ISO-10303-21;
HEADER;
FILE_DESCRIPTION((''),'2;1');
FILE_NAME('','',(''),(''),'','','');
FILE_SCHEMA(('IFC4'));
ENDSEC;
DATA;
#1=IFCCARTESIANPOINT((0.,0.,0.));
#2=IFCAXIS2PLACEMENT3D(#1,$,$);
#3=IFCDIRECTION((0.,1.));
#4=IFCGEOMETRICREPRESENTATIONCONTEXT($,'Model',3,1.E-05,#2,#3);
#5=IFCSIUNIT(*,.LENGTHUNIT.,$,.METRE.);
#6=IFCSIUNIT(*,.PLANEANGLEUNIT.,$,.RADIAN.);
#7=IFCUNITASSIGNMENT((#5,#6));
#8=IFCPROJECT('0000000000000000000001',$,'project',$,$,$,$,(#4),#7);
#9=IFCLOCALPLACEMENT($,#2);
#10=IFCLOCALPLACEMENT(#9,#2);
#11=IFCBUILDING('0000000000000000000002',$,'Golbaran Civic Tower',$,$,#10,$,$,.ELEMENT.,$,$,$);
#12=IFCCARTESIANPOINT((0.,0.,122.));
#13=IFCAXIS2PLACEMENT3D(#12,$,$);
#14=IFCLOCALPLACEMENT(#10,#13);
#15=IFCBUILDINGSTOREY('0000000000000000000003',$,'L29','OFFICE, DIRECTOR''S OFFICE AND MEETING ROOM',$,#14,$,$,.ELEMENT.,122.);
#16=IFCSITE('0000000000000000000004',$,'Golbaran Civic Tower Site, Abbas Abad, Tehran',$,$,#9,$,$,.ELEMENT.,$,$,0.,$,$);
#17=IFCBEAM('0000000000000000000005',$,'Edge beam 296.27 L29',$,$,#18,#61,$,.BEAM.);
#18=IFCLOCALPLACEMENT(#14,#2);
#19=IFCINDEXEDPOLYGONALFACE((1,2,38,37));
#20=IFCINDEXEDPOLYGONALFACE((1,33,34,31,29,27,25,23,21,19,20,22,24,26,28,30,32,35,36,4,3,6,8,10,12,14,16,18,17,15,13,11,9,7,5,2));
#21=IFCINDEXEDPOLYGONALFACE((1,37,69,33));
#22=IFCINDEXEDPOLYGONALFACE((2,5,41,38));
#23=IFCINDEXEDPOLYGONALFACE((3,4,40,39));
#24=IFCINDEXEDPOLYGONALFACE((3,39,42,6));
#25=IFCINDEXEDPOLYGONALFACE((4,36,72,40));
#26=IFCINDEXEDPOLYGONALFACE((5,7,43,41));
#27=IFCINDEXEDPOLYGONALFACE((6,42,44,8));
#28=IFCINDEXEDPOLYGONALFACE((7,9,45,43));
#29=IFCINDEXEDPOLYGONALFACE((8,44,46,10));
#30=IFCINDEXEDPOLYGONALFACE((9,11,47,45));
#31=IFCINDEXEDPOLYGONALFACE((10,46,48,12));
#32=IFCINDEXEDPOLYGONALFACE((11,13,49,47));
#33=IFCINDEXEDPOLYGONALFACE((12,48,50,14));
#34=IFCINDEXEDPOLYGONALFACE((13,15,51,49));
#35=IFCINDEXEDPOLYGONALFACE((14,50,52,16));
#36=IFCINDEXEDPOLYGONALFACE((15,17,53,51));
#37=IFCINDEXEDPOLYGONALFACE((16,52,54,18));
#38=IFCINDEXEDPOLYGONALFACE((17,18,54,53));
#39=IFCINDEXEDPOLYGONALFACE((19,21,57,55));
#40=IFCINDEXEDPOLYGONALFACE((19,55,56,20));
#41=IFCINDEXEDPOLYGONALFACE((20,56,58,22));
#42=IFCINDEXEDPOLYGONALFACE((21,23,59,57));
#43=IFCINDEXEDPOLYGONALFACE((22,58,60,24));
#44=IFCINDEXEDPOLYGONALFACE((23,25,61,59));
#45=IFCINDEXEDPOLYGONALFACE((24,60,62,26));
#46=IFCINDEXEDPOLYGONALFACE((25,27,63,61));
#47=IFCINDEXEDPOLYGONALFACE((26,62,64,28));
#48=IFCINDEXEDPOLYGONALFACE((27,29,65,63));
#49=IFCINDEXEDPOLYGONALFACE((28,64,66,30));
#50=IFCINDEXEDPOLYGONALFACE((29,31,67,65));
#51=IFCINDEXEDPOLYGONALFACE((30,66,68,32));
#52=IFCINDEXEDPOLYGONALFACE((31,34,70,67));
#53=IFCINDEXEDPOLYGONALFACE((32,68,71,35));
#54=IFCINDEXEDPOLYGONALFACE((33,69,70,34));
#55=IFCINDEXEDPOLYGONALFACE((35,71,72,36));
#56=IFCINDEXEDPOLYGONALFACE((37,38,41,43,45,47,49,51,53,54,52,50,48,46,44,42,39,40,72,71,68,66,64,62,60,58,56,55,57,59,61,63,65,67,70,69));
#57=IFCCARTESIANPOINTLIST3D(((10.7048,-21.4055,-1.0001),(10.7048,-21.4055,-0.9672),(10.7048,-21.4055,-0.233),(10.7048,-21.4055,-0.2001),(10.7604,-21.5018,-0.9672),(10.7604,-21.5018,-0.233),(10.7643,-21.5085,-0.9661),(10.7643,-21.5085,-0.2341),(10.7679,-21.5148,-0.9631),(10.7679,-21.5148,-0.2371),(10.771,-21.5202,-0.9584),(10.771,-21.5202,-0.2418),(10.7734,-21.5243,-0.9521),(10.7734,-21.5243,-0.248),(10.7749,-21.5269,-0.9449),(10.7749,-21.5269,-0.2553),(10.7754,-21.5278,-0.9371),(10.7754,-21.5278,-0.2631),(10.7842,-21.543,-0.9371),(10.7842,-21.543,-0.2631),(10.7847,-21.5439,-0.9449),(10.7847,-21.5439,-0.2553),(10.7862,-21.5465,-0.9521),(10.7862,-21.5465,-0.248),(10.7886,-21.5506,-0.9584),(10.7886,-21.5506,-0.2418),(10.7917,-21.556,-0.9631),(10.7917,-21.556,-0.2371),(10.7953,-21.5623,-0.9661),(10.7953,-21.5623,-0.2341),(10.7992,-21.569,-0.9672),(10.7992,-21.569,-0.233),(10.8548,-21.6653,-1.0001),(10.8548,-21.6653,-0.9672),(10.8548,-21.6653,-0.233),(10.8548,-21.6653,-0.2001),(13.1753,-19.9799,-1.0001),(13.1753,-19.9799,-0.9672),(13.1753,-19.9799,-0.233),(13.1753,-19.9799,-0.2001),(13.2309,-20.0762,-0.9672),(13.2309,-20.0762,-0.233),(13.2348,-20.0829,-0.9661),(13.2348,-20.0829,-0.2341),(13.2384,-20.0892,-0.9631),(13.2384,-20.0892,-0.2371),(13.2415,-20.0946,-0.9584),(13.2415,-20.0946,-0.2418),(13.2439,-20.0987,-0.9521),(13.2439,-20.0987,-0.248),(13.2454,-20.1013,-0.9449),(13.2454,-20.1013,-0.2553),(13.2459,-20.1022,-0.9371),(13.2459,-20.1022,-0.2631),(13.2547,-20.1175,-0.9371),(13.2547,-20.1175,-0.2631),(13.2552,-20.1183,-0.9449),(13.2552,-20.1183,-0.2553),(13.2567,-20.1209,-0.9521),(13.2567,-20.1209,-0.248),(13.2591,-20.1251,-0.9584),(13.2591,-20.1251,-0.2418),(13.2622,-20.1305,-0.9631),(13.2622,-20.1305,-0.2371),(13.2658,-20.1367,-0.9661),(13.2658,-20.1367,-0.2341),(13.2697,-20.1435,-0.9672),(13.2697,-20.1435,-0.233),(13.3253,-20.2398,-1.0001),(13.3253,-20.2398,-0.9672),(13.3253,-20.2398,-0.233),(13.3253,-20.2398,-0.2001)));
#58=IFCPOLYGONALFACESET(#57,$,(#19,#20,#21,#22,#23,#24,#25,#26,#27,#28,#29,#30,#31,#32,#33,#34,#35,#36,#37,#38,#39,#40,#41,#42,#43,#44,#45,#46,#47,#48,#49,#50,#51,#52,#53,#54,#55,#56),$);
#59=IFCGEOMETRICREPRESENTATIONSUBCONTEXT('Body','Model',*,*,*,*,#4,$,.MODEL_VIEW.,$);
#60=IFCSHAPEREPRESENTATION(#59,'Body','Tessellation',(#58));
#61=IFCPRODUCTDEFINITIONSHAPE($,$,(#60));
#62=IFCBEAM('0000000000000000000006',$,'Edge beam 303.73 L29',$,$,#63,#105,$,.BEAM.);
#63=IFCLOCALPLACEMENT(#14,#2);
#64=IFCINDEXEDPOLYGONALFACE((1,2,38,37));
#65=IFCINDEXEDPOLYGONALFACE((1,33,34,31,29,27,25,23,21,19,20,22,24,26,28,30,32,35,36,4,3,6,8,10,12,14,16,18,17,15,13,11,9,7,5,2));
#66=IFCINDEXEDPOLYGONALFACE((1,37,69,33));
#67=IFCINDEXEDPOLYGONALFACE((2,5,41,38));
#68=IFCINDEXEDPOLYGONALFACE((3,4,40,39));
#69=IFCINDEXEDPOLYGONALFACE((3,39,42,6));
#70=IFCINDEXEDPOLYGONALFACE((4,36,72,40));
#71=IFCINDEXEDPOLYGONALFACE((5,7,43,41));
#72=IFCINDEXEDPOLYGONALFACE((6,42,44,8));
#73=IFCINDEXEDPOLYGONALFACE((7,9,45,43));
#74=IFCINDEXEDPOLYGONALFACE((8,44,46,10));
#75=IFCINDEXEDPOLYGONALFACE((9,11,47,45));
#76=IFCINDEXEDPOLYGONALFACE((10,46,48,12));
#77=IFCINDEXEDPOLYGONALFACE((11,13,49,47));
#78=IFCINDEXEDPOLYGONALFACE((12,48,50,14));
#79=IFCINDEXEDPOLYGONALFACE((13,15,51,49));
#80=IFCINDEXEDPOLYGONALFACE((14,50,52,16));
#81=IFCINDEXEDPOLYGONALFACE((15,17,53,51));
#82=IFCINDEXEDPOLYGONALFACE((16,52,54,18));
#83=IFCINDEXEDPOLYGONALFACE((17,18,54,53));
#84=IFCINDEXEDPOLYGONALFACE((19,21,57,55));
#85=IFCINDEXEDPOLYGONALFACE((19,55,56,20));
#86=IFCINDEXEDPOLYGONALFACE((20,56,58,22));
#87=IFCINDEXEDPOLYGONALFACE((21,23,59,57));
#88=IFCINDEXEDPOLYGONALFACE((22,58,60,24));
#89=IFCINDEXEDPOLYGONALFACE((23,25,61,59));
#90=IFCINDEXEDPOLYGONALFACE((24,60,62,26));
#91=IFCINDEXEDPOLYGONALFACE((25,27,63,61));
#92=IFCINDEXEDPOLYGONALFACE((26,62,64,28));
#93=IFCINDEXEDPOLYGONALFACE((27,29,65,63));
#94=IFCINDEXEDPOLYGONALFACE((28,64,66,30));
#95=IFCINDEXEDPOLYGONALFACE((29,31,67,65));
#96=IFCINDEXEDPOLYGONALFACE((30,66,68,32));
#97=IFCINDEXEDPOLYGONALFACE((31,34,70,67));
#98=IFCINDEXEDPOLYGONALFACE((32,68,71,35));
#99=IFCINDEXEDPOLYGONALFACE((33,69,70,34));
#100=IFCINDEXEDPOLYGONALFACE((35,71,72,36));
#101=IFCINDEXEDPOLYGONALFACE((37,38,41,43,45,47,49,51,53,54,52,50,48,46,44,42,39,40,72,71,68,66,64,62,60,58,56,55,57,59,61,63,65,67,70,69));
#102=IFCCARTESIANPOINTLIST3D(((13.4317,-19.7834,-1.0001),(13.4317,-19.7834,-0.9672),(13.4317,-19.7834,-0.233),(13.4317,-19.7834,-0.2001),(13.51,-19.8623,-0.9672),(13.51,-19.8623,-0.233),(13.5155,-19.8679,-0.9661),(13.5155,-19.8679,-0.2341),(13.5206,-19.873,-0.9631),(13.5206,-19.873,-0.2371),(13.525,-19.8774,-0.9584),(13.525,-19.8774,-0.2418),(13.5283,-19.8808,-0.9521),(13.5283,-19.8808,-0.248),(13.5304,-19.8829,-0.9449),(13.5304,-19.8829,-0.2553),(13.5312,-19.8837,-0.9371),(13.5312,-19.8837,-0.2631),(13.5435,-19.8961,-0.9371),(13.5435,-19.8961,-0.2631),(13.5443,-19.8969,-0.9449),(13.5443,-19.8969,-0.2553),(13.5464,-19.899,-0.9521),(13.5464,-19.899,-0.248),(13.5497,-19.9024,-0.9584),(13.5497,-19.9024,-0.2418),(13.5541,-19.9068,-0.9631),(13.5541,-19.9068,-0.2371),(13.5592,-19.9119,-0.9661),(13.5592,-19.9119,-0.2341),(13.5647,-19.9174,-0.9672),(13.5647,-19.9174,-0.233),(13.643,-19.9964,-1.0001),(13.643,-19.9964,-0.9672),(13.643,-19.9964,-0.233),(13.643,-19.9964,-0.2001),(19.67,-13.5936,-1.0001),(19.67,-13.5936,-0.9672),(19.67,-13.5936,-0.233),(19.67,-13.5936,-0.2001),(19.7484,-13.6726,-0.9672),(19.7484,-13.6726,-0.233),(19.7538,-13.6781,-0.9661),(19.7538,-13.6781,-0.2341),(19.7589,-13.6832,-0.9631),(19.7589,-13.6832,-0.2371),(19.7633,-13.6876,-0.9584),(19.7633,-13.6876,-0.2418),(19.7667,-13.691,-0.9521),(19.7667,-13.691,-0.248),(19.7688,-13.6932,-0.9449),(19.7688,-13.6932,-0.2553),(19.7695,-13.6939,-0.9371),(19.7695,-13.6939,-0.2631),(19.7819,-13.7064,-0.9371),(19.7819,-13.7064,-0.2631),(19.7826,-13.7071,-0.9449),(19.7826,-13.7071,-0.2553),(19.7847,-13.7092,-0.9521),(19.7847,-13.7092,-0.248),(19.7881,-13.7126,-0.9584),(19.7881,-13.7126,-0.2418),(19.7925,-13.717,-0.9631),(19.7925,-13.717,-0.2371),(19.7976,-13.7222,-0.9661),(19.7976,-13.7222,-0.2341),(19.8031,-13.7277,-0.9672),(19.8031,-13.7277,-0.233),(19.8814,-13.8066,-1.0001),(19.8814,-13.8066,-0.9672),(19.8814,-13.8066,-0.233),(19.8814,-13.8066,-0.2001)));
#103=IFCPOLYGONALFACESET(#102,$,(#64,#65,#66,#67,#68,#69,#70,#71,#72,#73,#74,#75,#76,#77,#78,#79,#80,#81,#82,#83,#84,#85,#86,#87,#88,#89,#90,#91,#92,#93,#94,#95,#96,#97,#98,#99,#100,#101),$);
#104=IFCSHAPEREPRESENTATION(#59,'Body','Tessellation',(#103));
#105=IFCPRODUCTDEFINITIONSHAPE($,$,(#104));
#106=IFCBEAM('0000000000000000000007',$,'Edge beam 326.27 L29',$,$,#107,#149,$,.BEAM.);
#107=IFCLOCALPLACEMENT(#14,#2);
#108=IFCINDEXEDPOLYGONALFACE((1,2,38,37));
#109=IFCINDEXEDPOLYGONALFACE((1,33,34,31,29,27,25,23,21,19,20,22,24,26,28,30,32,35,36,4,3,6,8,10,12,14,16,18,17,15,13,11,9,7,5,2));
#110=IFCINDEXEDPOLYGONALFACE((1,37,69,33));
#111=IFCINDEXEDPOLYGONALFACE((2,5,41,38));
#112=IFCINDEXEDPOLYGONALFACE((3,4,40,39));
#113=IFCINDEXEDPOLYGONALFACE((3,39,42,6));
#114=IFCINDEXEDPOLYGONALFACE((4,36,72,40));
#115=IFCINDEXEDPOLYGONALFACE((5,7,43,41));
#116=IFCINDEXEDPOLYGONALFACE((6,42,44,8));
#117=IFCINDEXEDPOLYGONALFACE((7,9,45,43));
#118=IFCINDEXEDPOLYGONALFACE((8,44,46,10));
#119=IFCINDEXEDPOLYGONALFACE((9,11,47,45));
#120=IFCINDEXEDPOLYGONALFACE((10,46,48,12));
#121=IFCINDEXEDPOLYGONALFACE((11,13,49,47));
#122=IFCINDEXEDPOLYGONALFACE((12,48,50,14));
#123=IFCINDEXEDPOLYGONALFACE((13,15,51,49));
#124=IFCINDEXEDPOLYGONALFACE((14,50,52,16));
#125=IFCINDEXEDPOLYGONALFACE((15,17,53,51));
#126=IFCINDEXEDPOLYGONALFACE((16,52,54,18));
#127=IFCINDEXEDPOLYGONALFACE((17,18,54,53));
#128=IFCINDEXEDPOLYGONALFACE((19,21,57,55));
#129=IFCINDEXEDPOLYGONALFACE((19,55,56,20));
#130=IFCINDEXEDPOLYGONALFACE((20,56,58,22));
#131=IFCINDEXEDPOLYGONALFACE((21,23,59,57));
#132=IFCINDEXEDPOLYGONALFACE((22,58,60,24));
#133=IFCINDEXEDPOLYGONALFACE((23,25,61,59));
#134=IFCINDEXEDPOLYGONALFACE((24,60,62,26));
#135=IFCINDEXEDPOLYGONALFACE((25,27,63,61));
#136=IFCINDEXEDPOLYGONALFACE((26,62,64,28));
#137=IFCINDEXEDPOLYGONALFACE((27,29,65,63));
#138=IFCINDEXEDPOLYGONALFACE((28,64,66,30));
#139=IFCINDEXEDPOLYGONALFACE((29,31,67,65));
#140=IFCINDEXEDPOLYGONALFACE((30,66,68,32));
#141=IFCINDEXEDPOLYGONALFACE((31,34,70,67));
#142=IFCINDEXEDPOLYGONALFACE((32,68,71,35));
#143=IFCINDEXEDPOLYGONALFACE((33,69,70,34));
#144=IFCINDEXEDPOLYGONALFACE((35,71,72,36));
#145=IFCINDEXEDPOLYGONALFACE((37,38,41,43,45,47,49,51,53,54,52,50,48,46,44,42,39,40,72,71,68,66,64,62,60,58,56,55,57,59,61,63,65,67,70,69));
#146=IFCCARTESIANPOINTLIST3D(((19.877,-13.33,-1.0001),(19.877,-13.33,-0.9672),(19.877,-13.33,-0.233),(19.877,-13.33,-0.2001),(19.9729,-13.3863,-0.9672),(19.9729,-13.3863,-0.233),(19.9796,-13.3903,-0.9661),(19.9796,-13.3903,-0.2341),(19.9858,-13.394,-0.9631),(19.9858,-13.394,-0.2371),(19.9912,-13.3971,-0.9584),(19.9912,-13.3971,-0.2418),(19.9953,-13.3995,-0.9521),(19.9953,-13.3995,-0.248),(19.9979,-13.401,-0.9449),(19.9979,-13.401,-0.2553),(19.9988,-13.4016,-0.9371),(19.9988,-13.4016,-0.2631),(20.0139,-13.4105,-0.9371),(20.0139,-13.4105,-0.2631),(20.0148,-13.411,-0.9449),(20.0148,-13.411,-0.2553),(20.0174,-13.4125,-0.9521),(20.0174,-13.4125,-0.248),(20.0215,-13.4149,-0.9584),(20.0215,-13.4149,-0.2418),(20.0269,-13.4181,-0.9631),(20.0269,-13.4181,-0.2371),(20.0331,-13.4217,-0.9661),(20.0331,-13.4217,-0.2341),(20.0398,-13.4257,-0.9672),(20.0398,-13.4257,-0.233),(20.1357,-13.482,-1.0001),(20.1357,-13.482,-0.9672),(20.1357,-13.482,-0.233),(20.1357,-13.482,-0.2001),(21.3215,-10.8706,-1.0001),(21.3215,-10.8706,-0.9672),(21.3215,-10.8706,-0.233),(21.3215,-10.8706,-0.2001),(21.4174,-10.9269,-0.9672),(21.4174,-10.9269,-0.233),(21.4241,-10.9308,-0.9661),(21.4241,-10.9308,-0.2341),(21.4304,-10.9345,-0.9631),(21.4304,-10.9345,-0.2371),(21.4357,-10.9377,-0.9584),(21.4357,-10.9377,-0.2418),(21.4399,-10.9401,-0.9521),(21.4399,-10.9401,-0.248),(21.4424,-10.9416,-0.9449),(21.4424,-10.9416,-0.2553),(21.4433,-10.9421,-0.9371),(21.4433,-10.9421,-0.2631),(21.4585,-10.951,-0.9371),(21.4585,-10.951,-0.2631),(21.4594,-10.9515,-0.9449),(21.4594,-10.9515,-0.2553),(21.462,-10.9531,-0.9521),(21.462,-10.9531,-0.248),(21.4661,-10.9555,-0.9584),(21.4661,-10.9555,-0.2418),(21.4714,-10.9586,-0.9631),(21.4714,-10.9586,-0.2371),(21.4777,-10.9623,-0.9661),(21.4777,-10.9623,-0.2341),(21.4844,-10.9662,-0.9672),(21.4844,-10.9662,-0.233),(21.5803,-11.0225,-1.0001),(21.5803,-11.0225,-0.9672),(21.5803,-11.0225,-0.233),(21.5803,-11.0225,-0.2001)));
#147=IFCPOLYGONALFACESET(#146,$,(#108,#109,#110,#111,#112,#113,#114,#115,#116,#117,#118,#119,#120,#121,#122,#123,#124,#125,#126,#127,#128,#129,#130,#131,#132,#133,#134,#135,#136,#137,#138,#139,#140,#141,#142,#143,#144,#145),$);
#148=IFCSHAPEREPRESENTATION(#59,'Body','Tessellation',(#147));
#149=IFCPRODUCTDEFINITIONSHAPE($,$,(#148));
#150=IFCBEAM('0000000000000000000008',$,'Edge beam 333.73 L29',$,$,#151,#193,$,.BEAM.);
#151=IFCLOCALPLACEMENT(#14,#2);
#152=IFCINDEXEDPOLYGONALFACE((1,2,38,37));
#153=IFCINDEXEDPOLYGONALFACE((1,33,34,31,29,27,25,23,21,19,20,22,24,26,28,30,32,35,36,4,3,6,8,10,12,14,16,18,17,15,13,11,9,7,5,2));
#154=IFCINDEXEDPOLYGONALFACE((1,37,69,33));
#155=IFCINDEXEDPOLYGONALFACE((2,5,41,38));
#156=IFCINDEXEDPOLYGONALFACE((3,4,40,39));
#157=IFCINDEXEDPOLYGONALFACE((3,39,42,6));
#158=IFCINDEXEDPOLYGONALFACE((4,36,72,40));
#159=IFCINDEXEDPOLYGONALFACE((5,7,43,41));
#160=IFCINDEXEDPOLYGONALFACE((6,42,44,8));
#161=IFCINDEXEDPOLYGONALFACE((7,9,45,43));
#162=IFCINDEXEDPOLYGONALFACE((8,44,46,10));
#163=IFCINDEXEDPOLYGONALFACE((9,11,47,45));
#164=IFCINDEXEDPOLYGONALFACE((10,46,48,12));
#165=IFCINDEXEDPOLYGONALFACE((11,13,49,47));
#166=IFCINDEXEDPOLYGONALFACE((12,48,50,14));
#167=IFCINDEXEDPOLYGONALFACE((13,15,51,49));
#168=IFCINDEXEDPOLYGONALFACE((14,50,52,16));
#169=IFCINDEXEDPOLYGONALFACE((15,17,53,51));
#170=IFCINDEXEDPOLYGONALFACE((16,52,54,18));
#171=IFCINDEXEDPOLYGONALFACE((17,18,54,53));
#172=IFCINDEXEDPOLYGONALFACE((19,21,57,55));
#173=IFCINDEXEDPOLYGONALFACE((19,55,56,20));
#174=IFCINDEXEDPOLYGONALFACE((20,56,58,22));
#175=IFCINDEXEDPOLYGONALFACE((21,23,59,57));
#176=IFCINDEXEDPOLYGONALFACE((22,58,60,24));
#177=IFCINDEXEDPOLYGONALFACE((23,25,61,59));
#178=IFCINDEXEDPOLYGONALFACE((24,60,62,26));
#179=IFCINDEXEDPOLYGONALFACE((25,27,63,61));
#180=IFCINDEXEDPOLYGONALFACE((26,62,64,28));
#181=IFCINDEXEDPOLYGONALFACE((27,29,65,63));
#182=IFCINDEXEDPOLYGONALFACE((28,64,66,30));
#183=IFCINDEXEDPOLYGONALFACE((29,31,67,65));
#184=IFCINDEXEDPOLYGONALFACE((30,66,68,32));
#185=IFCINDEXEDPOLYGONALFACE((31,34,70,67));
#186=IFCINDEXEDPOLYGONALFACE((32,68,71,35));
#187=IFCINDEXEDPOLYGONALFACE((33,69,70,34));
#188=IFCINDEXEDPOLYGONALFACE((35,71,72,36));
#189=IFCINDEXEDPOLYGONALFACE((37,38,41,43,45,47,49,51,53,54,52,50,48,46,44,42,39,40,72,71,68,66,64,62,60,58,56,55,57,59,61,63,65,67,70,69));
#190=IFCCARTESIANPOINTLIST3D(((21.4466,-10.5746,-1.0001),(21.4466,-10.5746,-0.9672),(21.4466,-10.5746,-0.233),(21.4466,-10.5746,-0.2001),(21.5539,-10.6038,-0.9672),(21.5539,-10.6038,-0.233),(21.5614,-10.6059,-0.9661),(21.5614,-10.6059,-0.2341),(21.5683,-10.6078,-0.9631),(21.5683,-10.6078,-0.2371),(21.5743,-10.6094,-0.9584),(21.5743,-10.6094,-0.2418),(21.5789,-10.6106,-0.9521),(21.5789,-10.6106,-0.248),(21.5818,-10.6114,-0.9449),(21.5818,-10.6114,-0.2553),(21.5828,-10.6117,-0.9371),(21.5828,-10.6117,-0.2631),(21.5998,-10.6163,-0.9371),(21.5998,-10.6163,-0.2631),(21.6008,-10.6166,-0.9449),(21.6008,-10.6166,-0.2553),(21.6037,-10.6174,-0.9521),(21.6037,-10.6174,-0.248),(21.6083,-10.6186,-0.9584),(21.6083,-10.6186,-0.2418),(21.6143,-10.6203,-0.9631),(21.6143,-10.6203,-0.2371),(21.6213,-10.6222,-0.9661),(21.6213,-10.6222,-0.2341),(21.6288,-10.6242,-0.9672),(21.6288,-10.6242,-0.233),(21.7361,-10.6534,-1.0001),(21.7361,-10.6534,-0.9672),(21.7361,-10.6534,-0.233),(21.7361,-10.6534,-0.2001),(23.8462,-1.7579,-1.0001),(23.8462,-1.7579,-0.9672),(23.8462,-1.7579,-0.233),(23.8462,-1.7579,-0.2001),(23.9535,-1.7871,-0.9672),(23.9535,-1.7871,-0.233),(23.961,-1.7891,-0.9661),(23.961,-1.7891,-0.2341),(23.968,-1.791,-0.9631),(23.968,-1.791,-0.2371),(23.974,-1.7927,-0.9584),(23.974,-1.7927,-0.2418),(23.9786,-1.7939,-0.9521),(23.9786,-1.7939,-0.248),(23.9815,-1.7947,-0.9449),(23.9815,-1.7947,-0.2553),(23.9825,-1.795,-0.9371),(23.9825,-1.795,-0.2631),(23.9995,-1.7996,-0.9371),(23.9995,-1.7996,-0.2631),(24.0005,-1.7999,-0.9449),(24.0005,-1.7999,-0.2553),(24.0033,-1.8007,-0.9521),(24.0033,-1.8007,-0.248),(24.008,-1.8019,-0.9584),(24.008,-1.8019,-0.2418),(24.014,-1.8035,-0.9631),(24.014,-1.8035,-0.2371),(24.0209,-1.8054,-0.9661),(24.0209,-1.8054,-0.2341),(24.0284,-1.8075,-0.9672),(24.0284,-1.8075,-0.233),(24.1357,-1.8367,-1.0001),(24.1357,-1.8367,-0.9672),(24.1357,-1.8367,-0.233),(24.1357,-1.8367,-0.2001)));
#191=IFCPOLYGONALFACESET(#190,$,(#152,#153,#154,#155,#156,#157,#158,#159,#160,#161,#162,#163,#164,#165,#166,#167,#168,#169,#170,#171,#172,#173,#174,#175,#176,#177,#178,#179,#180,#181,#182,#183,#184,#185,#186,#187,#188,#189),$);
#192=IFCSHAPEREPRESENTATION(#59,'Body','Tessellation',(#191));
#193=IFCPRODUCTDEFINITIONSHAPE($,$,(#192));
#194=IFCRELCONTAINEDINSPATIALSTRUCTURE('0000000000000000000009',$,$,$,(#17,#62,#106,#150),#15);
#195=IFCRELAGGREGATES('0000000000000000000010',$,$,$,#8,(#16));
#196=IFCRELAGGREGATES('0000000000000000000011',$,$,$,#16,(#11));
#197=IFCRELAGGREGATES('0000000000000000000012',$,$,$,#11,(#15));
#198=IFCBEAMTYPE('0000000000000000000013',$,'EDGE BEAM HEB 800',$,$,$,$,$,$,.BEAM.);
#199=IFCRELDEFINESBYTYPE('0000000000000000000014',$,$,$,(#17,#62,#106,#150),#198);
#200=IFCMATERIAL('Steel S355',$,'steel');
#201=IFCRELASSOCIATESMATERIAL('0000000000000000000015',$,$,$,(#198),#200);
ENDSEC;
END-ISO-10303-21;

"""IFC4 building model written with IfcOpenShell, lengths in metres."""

from ifc_helpers import new_model, si_unit, direction, frame, origin, origin_2d, place, context, subcontext, project, spatial, i_section, extrude, material, material_profile, profile_set, type_object, element, save


model = new_model("IFC4")

# Units and contexts
model_context = context("Model", 3, precision=1e-05, world=origin(), true_north=direction((0.0, 1.0)))
body_context = subcontext(model_context, "Body", "Model", "MODEL_VIEW")
ifc_project = project(units=[si_unit("LENGTHUNIT", "METRE"), si_unit("PLANEANGLEUNIT", "RADIAN")], contexts=[model_context])

# Site, building, storey
site_placement = place(None, origin())
site = spatial("IfcSite", under=ifc_project, at=site_placement, Name="Golbaran Civic Tower Site, Abbas Abad, Tehran", CompositionType="ELEMENT", RefElevation=0.0)
building_placement = place(site_placement, origin())
building = spatial("IfcBuilding", under=site, at=building_placement, Name="Golbaran Civic Tower", CompositionType="ELEMENT")
storey_placement = place(building_placement, frame((0.0, 0.0, 122.0)))
storey = spatial("IfcBuildingStorey", under=building, at=storey_placement, Name="L29", Description="OFFICE, DIRECTOR'S OFFICE AND MEETING ROOM", CompositionType="ELEMENT", Elevation=122.0)

# Beams
ifc_material_1 = material(Name="Steel S355", Category="steel")
ifc_material_profile_1 = material_profile(ifc_material_1, i_section(OverallWidth=0.3, OverallDepth=0.8, WebThickness=0.0176, FlangeThickness=0.033, FilletRadius=0.03, at=origin_2d()), Name="HEB 800")
ifc_profile_set_1 = profile_set([ifc_material_profile_1], Name="Steel S355")
beam_type_1 = type_object("IfcBeamType", Name="EDGE BEAM HEB 800", PredefinedType="BEAM", material=ifc_profile_set_1)
beam_1_placement = place(storey_placement, frame((10.7798, -21.5354, -0.6001), z_axis=(0.866144, 0.499794, 0.0), x_axis=(-0.499794, 0.866144, 0.0)))
element("IfcBeam", 1, at=beam_1_placement, inside=storey, type_object=beam_type_1, Name="Edge beam 296.27 L29", PredefinedType="BEAM", context=body_context, shape_type="SweptSolid", body=[
    extrude(i_section(OverallWidth=0.3, OverallDepth=0.8, WebThickness=0.0176, FlangeThickness=0.033, FilletRadius=0.03, at=origin_2d()), origin(), (0.0, 0.0, 1.0), 2.8523),
])
beam_2_placement = place(storey_placement, frame((13.5374, -19.8899, -0.6001), z_axis=(0.709866, 0.704337, 0.0), x_axis=(-0.704337, 0.709866, 0.0)))
element("IfcBeam", 2, at=beam_2_placement, inside=storey, type_object=beam_type_1, Name="Edge beam 303.73 L29", PredefinedType="BEAM", context=body_context, shape_type="SweptSolid", body=[
    extrude(i_section(OverallWidth=0.3, OverallDepth=0.8, WebThickness=0.0176, FlangeThickness=0.033, FilletRadius=0.03, at=origin_2d()), origin(), (0.0, 0.0, 1.0), 8.7881),
])
beam_3_placement = place(storey_placement, frame((20.0063, -13.406, -0.6001), z_axis=(0.506455, 0.862266, 0.0), x_axis=(-0.862266, 0.506455, 0.0)))
element("IfcBeam", 3, at=beam_3_placement, inside=storey, type_object=beam_type_1, Name="Edge beam 326.27 L29", PredefinedType="BEAM", context=body_context, shape_type="SweptSolid", body=[
    extrude(i_section(OverallWidth=0.3, OverallDepth=0.8, WebThickness=0.0176, FlangeThickness=0.033, FilletRadius=0.03, at=origin_2d()), origin(), (0.0, 0.0, 1.0), 2.8523),
])
beam_4_placement = place(storey_placement, frame((21.5913, -10.614, -0.6001), z_axis=(0.26262, 0.964899, 0.0), x_axis=(-0.964899, 0.26262, 0.0)))
element("IfcBeam", 4, at=beam_4_placement, inside=storey, type_object=beam_type_1, Name="Edge beam 333.73 L29", PredefinedType="BEAM", context=body_context, shape_type="SweptSolid", body=[
    extrude(i_section(OverallWidth=0.3, OverallDepth=0.8, WebThickness=0.0176, FlangeThickness=0.033, FilletRadius=0.03, at=origin_2d()), origin(), (0.0, 0.0, 1.0), 9.1375),
])

save(model, "model.ifc")
